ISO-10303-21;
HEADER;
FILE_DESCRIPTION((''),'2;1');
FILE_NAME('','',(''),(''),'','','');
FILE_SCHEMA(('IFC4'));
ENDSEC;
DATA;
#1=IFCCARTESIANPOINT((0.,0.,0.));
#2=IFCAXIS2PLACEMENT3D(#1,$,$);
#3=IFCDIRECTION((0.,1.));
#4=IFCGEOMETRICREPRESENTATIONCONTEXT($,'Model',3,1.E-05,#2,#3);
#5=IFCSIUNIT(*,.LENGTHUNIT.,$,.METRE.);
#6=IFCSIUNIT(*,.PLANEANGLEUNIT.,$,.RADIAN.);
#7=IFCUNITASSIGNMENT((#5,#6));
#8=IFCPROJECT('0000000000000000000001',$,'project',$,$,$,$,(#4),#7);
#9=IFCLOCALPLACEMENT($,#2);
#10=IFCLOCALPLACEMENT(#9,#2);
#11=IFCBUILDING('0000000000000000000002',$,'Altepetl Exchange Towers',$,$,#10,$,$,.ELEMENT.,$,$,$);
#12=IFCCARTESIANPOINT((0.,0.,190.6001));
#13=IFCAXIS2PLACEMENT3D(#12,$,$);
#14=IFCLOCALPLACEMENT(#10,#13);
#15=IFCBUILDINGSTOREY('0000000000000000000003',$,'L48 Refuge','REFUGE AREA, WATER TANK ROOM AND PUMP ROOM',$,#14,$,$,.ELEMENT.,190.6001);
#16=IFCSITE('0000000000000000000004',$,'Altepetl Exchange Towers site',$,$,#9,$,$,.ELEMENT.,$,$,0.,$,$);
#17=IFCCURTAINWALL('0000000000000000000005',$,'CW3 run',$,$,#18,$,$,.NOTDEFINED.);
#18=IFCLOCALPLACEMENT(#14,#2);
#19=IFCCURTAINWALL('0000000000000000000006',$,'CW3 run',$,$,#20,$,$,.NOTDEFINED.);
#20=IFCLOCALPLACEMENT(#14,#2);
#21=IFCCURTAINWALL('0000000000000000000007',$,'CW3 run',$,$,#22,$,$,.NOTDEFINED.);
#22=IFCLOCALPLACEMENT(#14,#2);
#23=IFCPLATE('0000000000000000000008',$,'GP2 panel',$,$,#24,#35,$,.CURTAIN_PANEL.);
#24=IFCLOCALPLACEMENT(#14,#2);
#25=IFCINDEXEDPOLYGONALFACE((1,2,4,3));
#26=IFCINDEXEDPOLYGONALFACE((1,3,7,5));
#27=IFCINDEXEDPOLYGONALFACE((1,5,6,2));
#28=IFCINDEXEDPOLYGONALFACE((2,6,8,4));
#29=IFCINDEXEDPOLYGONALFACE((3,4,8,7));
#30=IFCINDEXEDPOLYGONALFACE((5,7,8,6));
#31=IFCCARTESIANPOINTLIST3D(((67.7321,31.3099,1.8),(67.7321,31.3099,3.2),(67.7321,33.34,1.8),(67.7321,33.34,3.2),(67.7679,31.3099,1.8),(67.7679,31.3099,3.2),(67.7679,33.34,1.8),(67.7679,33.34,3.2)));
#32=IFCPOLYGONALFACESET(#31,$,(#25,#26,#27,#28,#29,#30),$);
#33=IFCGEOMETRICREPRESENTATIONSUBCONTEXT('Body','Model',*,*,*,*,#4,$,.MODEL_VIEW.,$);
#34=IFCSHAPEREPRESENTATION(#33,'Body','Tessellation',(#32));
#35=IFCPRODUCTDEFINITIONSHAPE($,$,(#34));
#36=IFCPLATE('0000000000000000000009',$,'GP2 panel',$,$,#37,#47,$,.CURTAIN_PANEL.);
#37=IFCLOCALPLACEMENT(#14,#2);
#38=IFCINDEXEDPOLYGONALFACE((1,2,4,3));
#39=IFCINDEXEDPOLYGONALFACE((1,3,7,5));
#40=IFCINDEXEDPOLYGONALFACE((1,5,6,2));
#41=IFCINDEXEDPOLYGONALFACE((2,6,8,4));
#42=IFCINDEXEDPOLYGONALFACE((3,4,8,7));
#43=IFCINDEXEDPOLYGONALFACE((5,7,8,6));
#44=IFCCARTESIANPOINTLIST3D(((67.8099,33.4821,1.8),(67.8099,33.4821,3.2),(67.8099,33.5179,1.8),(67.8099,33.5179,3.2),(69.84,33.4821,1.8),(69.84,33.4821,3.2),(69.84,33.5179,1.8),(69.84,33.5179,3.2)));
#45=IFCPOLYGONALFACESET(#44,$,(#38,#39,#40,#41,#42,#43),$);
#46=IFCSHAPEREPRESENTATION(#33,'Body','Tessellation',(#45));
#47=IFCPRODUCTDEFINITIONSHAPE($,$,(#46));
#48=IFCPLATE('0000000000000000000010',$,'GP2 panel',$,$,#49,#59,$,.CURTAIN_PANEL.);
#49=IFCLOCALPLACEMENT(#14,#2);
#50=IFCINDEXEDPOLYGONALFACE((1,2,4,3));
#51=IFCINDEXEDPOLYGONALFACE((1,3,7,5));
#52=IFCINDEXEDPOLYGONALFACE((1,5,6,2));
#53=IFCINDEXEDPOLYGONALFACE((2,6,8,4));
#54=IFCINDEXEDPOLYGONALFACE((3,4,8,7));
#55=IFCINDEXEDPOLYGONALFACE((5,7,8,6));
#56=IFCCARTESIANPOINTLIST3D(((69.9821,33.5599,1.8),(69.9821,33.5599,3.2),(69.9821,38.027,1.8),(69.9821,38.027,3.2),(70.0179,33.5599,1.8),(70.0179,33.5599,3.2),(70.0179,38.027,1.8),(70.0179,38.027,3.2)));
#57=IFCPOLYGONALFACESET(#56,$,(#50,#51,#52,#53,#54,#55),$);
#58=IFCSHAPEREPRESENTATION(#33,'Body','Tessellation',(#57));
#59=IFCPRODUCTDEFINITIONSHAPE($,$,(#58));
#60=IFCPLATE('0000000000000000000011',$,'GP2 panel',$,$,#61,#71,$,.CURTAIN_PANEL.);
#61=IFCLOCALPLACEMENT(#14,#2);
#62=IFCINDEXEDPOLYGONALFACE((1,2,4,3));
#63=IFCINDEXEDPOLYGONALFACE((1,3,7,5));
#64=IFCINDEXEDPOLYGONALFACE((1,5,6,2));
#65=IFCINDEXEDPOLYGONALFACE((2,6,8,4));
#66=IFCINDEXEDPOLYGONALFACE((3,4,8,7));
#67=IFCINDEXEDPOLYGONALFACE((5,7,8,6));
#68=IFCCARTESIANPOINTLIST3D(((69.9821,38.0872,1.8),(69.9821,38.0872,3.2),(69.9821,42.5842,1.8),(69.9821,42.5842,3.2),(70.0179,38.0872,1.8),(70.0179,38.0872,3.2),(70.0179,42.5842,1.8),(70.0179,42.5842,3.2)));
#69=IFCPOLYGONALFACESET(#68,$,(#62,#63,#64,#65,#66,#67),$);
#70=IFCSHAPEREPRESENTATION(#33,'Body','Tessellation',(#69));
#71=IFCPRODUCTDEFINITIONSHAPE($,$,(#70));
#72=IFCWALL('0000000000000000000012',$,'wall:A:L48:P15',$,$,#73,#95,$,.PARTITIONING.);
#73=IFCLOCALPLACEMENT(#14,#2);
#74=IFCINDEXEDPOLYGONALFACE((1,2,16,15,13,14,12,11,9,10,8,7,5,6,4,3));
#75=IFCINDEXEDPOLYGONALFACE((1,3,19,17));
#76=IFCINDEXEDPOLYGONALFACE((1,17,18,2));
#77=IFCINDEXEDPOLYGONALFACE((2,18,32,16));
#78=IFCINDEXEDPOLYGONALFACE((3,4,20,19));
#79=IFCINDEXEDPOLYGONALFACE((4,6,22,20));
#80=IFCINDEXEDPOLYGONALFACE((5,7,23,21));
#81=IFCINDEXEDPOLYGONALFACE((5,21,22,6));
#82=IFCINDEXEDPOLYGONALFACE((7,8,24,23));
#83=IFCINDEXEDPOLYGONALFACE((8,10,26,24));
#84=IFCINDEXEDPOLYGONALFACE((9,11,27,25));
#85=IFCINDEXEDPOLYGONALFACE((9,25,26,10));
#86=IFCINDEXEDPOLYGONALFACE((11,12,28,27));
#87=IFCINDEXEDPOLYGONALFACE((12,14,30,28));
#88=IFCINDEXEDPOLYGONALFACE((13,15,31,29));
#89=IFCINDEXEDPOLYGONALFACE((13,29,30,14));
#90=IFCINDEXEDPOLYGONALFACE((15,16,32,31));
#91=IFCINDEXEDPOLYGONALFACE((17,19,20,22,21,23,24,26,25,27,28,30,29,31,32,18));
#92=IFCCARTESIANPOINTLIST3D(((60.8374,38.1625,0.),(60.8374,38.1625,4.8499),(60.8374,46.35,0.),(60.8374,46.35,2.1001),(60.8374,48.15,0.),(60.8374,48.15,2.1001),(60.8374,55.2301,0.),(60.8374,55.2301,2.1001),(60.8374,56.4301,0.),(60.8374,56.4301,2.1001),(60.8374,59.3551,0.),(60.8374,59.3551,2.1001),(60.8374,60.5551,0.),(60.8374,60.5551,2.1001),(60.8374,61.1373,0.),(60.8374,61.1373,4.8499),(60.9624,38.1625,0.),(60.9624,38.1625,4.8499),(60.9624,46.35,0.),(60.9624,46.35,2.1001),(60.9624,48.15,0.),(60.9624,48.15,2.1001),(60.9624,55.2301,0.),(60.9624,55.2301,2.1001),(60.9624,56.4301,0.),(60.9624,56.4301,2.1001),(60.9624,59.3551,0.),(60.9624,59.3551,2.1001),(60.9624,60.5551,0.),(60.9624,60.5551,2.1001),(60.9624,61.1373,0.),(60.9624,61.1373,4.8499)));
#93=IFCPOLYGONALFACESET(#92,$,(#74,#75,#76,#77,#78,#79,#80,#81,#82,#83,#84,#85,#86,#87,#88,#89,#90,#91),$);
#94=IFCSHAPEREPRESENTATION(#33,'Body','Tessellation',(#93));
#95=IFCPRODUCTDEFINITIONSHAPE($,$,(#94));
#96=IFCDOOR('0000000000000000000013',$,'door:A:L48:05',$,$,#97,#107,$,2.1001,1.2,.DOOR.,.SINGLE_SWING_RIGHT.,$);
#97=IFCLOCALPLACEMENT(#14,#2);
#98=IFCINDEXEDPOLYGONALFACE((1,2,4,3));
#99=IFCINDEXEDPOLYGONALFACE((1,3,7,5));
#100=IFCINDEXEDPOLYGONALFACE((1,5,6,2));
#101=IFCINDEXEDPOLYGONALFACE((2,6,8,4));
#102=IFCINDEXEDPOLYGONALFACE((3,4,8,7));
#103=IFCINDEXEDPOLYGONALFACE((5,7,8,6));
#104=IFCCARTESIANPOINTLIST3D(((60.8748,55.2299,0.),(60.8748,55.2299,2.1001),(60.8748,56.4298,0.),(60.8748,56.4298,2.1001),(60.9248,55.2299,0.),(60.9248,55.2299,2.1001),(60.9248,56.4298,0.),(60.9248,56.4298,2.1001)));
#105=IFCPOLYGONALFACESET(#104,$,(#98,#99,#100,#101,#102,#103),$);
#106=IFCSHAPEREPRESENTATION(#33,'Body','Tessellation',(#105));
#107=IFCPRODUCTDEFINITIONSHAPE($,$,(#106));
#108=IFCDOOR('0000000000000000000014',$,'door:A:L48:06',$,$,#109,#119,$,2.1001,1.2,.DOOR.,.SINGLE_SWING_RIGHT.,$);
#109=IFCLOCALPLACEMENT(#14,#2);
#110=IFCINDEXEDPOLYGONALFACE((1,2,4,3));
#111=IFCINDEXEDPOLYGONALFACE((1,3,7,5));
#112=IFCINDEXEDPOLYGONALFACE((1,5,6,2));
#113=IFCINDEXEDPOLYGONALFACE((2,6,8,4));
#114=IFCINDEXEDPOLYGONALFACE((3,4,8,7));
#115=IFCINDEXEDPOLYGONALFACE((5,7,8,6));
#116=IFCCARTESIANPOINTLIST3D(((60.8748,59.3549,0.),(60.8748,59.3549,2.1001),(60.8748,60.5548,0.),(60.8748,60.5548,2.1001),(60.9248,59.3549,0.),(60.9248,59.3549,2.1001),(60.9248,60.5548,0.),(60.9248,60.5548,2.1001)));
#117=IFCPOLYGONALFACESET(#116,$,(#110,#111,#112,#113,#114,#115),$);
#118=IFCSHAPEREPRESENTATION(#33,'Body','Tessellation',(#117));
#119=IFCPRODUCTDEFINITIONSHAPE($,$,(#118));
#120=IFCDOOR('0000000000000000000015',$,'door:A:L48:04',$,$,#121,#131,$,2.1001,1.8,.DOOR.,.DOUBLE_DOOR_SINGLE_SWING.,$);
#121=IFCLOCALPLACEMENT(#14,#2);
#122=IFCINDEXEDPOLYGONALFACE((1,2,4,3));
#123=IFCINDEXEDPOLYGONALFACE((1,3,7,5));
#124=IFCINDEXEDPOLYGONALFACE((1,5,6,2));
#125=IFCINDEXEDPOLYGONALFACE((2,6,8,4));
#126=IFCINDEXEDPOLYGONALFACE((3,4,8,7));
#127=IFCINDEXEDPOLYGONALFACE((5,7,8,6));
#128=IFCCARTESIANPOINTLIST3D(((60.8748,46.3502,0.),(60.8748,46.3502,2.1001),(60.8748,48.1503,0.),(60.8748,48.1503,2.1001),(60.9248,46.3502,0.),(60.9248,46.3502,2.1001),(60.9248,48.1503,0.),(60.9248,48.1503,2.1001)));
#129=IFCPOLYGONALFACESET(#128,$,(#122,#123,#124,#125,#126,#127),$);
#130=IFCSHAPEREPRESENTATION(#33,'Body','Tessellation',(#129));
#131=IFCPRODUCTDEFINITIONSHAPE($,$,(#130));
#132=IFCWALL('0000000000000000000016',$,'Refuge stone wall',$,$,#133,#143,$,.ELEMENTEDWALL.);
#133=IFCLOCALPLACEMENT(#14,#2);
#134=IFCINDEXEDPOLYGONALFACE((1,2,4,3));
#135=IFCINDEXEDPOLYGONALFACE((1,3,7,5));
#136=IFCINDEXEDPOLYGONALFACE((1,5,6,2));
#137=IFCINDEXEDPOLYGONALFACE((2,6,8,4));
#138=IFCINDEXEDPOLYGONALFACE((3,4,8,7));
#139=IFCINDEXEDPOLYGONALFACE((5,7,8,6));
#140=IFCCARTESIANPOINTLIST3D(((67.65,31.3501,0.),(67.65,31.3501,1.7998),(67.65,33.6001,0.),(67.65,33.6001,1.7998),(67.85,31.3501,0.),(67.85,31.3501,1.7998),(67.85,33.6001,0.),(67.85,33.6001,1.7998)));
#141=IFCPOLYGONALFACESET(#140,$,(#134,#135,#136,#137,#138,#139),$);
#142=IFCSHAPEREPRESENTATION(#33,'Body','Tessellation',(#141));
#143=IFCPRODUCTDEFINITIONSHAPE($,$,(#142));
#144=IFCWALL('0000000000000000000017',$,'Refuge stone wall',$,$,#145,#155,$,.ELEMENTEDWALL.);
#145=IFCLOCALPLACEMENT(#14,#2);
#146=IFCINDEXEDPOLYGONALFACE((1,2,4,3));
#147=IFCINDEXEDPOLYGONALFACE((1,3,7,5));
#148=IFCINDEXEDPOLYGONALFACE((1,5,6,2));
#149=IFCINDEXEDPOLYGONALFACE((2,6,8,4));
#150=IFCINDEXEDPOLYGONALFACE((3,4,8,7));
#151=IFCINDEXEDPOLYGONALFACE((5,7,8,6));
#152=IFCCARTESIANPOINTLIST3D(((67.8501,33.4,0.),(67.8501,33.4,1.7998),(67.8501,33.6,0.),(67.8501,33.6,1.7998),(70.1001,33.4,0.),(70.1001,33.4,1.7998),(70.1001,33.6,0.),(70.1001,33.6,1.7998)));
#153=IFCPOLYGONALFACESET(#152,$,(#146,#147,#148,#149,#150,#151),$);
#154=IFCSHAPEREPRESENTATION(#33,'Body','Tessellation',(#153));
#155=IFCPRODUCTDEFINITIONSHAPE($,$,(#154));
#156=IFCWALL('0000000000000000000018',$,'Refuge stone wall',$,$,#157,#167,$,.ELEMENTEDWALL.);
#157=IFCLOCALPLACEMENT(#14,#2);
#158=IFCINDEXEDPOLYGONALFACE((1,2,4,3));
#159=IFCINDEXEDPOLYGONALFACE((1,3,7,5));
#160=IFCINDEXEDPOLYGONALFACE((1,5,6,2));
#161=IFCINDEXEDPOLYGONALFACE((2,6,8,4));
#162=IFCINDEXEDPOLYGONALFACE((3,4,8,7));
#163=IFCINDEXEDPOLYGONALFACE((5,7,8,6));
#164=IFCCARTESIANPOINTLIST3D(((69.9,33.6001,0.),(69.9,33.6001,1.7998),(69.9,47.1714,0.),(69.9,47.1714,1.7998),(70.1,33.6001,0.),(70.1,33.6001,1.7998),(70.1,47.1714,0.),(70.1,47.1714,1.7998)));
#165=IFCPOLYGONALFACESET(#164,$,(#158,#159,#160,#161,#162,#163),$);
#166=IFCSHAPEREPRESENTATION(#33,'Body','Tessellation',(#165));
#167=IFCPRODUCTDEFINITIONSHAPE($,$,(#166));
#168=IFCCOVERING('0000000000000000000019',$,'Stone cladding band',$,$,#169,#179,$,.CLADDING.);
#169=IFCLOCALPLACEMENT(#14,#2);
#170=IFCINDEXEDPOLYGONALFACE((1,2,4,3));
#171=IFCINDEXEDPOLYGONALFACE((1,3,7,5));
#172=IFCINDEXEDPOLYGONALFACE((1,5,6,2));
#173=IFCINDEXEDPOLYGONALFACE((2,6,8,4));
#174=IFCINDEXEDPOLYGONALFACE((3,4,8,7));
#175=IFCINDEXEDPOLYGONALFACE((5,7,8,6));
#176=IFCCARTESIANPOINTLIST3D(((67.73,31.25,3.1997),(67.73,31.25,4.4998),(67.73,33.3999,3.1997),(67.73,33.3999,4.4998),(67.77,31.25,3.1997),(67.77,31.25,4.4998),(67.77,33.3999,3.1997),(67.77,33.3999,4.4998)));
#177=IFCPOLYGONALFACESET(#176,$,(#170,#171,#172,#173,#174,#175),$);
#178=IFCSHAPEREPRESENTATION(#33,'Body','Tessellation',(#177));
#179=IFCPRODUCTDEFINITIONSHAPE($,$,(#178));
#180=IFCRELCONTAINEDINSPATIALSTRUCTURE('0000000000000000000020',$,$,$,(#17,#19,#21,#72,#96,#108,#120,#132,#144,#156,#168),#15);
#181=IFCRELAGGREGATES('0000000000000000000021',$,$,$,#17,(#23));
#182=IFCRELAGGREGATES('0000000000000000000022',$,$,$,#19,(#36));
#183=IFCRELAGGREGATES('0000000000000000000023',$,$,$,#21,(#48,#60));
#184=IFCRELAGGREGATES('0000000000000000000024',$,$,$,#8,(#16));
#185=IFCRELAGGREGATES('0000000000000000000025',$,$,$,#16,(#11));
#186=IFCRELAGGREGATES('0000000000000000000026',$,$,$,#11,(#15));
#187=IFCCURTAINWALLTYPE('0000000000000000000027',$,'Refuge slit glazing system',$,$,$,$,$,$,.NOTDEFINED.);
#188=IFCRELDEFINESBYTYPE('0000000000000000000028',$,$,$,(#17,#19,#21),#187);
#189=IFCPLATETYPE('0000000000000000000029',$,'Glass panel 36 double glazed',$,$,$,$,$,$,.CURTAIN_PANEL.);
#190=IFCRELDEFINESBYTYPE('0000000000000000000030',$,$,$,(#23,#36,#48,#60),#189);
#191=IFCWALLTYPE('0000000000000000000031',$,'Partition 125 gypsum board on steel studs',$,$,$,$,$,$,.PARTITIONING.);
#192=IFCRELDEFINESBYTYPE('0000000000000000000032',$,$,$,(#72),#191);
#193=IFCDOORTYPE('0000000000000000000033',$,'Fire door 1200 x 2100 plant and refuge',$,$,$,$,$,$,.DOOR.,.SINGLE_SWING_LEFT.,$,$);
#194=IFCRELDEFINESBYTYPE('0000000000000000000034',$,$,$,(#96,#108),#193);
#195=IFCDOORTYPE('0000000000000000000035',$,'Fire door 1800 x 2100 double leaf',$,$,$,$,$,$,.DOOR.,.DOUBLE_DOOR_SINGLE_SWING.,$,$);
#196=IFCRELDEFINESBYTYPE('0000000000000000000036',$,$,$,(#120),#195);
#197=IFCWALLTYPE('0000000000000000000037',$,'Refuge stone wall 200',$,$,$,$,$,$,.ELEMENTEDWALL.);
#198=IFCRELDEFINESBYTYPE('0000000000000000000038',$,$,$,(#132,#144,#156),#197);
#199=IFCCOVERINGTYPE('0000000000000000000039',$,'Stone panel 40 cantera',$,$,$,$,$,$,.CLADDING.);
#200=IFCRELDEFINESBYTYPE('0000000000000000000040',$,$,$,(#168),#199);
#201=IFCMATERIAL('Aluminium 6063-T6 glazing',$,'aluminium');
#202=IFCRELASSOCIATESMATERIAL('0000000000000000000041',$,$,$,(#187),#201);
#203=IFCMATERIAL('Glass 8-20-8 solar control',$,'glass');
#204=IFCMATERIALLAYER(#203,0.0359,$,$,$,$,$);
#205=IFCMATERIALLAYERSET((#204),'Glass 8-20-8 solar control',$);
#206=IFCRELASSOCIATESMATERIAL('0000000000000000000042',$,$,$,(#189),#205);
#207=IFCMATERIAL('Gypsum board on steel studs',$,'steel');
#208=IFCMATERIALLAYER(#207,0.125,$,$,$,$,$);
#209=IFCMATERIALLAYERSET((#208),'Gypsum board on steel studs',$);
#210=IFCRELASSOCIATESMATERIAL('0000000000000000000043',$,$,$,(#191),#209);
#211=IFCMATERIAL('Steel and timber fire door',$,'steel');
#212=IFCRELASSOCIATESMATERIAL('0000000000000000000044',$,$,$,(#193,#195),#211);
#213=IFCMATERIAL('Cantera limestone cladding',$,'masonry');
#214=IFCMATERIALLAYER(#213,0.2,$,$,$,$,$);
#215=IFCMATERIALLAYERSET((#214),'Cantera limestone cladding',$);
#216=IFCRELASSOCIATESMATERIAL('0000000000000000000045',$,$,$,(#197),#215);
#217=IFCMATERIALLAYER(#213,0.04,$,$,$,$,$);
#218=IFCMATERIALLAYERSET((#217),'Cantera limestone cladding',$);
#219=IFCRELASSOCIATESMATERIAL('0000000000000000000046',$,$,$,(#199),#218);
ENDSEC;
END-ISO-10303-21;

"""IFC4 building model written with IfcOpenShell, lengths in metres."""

from ifc_helpers import new_model, si_unit, direction, frame, frame_2d, origin, origin_2d, place, context, subcontext, project, spatial, rectangle, extrude, material, layer, layer_set, type_object, element, fill, aggregate, save


model = new_model("IFC4")

# Units and contexts
model_context = context("Model", 3, precision=1e-05, world=origin(), true_north=direction((0.0, 1.0)))
body_context = subcontext(model_context, "Body", "Model", "MODEL_VIEW")
ifc_project = project(units=[si_unit("LENGTHUNIT", "METRE"), si_unit("PLANEANGLEUNIT", "RADIAN")], contexts=[model_context])

# Site, building, storey
site_placement = place(None, origin())
site = spatial("IfcSite", under=ifc_project, at=site_placement, Name="Altepetl Exchange Towers site", CompositionType="ELEMENT", RefElevation=0.0)
building_placement = place(site_placement, origin())
building = spatial("IfcBuilding", under=site, at=building_placement, Name="Altepetl Exchange Towers", CompositionType="ELEMENT")
storey_placement = place(building_placement, frame((0.0, 0.0, 190.6001)))
storey = spatial("IfcBuildingStorey", under=building, at=storey_placement, Name="L48 Refuge", Description="REFUGE AREA, WATER TANK ROOM AND PUMP ROOM", CompositionType="ELEMENT", Elevation=190.6001)

# Shared definitions
ifc_material_1 = material(Name="Aluminium 6063-T6 glazing", Category="aluminium")
curtain_wall_type = type_object("IfcCurtainWallType", Name="Refuge slit glazing system", PredefinedType="NOTDEFINED", material=ifc_material_1)

# Curtain walls
curtain_wall_1_placement = place(storey_placement, origin())
curtain_wall_1 = element("IfcCurtainWall", 1, at=curtain_wall_1_placement, inside=storey, type_object=curtain_wall_type, Name="CW3 run", PredefinedType="NOTDEFINED")
curtain_wall_2_placement = place(storey_placement, origin())
curtain_wall_2 = element("IfcCurtainWall", 2, at=curtain_wall_2_placement, inside=storey, type_object=curtain_wall_type, Name="CW3 run", PredefinedType="NOTDEFINED")
curtain_wall_3_placement = place(storey_placement, origin())
curtain_wall_3 = element("IfcCurtainWall", 3, at=curtain_wall_3_placement, inside=storey, type_object=curtain_wall_type, Name="CW3 run", PredefinedType="NOTDEFINED")

# Plates
ifc_material_2 = material(Name="Glass 8-20-8 solar control", Category="glass")
ifc_layer_1 = layer(ifc_material_2, 0.0359)
ifc_layer_set_1 = layer_set([ifc_layer_1], Name="Glass 8-20-8 solar control")
plate_type = type_object("IfcPlateType", Name="Glass panel 36 double glazed", PredefinedType="CURTAIN_PANEL", material=ifc_layer_set_1)
plate_1_placement = place(storey_placement, frame((67.75, 32.325, 1.8), z_axis=(0.0, 0.0, 1.0), x_axis=(0.0, 1.0, 0.0)))
plate_1 = element("IfcPlate", 4, at=plate_1_placement, type_object=plate_type, Name="GP2 panel", PredefinedType="CURTAIN_PANEL", context=body_context, shape_type="SweptSolid", body=[
    extrude(rectangle(XDim=2.03, YDim=0.0359, at=origin_2d()), origin(), (0.0, 0.0, 1.0), 1.3999),
])
aggregate(curtain_wall_1, [plate_1])
plate_2_placement = place(storey_placement, frame((68.825, 33.5, 1.8)))
plate_2 = element("IfcPlate", 5, at=plate_2_placement, type_object=plate_type, Name="GP2 panel", PredefinedType="CURTAIN_PANEL", context=body_context, shape_type="SweptSolid", body=[
    extrude(rectangle(XDim=2.03, YDim=0.0359, at=origin_2d()), origin(), (0.0, 0.0, 1.0), 1.3999),
])
aggregate(curtain_wall_2, [plate_2])
plate_3_placement = place(storey_placement, frame((70.0, 35.7935, 1.8), z_axis=(0.0, 0.0, 1.0), x_axis=(0.0, 1.0, 0.0)))
plate_3 = element("IfcPlate", 6, at=plate_3_placement, type_object=plate_type, Name="GP2 panel", PredefinedType="CURTAIN_PANEL", context=body_context, shape_type="SweptSolid", body=[
    extrude(rectangle(XDim=4.467, YDim=0.0359, at=origin_2d()), origin(), (0.0, 0.0, 1.0), 1.3999),
])
plate_4_placement = place(storey_placement, frame((70.0, 40.3357, 1.8), z_axis=(0.0, 0.0, 1.0), x_axis=(0.0, 1.0, 0.0)))
plate_4 = element("IfcPlate", 7, at=plate_4_placement, type_object=plate_type, Name="GP2 panel", PredefinedType="CURTAIN_PANEL", context=body_context, shape_type="SweptSolid", body=[
    extrude(rectangle(XDim=4.4971, YDim=0.0359, at=origin_2d()), origin(), (0.0, 0.0, 1.0), 1.3999),
])
aggregate(curtain_wall_3, [plate_3, plate_4])

# Wall, openings, doors
ifc_material_3 = material(Name="Gypsum board on steel studs", Category="steel")
ifc_layer_2 = layer(ifc_material_3, 0.125)
ifc_layer_set_2 = layer_set([ifc_layer_2], Name="Gypsum board on steel studs")
wall_type_1 = type_object("IfcWallType", Name="Partition 125 gypsum board on steel studs", PredefinedType="PARTITIONING", material=ifc_layer_set_2)
wall_1_placement = place(storey_placement, frame((60.8999, 38.1626, 0.0), z_axis=(0.0, 0.0, 1.0), x_axis=(0.0, 1.0, 0.0)))
wall_1 = element("IfcWall", 8, at=wall_1_placement, inside=storey, type_object=wall_type_1, Name="wall:A:L48:P15", PredefinedType="PARTITIONING", context=body_context, shape_type="SweptSolid", body=[
    extrude(rectangle(XDim=22.9749, YDim=0.125, at=frame_2d((11.4873, 0.0))), origin(), (0.0, 0.0, 1.0), 4.8499),
])
opening_1_placement = place(wall_1_placement, frame((8.1875, 0.0, 0.0)))
opening_1 = element("IfcOpeningElement", 9, at=opening_1_placement, cuts=wall_1, PredefinedType="OPENING", context=body_context, shape_type="SweptSolid", body=[
    extrude(rectangle(XDim=1.8, YDim=2.1001, at=frame_2d((0.8999, 1.05))), frame((0.0, 0.0725, 0.0), z_axis=(0.0, -1.0, 0.0), x_axis=(1.0, 0.0, 0.0)), (0.0, 0.0, 1.0), 0.145),
])
opening_2_placement = place(wall_1_placement, frame((17.0674, 0.0, 0.0)))
opening_2 = element("IfcOpeningElement", 10, at=opening_2_placement, cuts=wall_1, PredefinedType="OPENING", context=body_context, shape_type="SweptSolid", body=[
    extrude(rectangle(XDim=1.2, YDim=2.1001, at=frame_2d((0.6001, 1.05))), frame((0.0, 0.0725, 0.0), z_axis=(0.0, -1.0, 0.0), x_axis=(1.0, 0.0, 0.0)), (0.0, 0.0, 1.0), 0.145),
])
opening_3_placement = place(wall_1_placement, frame((21.1924, 0.0, 0.0)))
opening_3 = element("IfcOpeningElement", 11, at=opening_3_placement, cuts=wall_1, PredefinedType="OPENING", context=body_context, shape_type="SweptSolid", body=[
    extrude(rectangle(XDim=1.2, YDim=2.1001, at=frame_2d((0.6001, 1.05))), frame((0.0, 0.0725, 0.0), z_axis=(0.0, -1.0, 0.0), x_axis=(1.0, 0.0, 0.0)), (0.0, 0.0, 1.0), 0.145),
])
ifc_material_4 = material(Name="Steel and timber fire door", Category="steel")
door_type_1 = type_object("IfcDoorType", Name="Fire door 1200 x 2100 plant and refuge", OperationType="SINGLE_SWING_LEFT", PredefinedType="DOOR", material=ifc_material_4)
door_1_placement = place(opening_2_placement, frame((1.2, 0.0, 0.0), x_axis=(-1.0, 0.0, 0.0)))
door_1 = element("IfcDoor", 12, at=door_1_placement, inside=storey, type_object=door_type_1, Name="door:A:L48:05", OperationType="SINGLE_SWING_RIGHT", OverallHeight=2.1001, OverallWidth=1.2, PredefinedType="DOOR", context=body_context, shape_type="SweptSolid", body=[
    extrude(rectangle(XDim=1.2, YDim=2.1001, at=frame_2d((0.6001, 1.05))), frame((0.0, 0.0249, 0.0), z_axis=(0.0, -1.0, 0.0), x_axis=(1.0, 0.0, 0.0)), (0.0, 0.0, 1.0), 0.05),
])
fill(opening_2, door_1)
door_2_placement = place(opening_3_placement, frame((1.2, 0.0, 0.0), x_axis=(-1.0, 0.0, 0.0)))
door_2 = element("IfcDoor", 13, at=door_2_placement, inside=storey, type_object=door_type_1, Name="door:A:L48:06", OperationType="SINGLE_SWING_RIGHT", OverallHeight=2.1001, OverallWidth=1.2, PredefinedType="DOOR", context=body_context, shape_type="SweptSolid", body=[
    extrude(rectangle(XDim=1.2, YDim=2.1001, at=frame_2d((0.6001, 1.05))), frame((0.0, 0.0249, 0.0), z_axis=(0.0, -1.0, 0.0), x_axis=(1.0, 0.0, 0.0)), (0.0, 0.0, 1.0), 0.05),
])
fill(opening_3, door_2)
door_type_2 = type_object("IfcDoorType", Name="Fire door 1800 x 2100 double leaf", OperationType="DOUBLE_DOOR_SINGLE_SWING", PredefinedType="DOOR", material=ifc_material_4)
door_3_placement = place(opening_1_placement, frame((1.8, 0.0, 0.0), x_axis=(-1.0, 0.0, 0.0)))
door_3 = element("IfcDoor", 14, at=door_3_placement, inside=storey, type_object=door_type_2, Name="door:A:L48:04", OperationType="DOUBLE_DOOR_SINGLE_SWING", OverallHeight=2.1001, OverallWidth=1.8, PredefinedType="DOOR", context=body_context, shape_type="SweptSolid", body=[
    extrude(rectangle(XDim=1.8, YDim=2.1001, at=frame_2d((0.8999, 1.05))), frame((0.0, 0.0249, 0.0), z_axis=(0.0, -1.0, 0.0), x_axis=(1.0, 0.0, 0.0)), (0.0, 0.0, 1.0), 0.05),
])
fill(opening_1, door_3)

# Walls
ifc_material_5 = material(Name="Cantera limestone cladding", Category="masonry")
ifc_layer_3 = layer(ifc_material_5, 0.2)
ifc_layer_set_3 = layer_set([ifc_layer_3], Name="Cantera limestone cladding")
wall_type_2 = type_object("IfcWallType", Name="Refuge stone wall 200", PredefinedType="ELEMENTEDWALL", material=ifc_layer_set_3)
wall_2_placement = place(storey_placement, frame((67.75, 31.3501, 0.0), z_axis=(0.0, 0.0, 1.0), x_axis=(0.0, 1.0, 0.0)))
element("IfcWall", 15, at=wall_2_placement, inside=storey, type_object=wall_type_2, Name="Refuge stone wall", PredefinedType="ELEMENTEDWALL", context=body_context, shape_type="SweptSolid", body=[
    extrude(rectangle(XDim=2.25, YDim=0.2, at=frame_2d((1.125, 0.0))), origin(), (0.0, 0.0, 1.0), 1.7998),
])
wall_3_placement = place(storey_placement, frame((67.8501, 33.5, 0.0)))
element("IfcWall", 16, at=wall_3_placement, inside=storey, type_object=wall_type_2, Name="Refuge stone wall", PredefinedType="ELEMENTEDWALL", context=body_context, shape_type="SweptSolid", body=[
    extrude(rectangle(XDim=2.25, YDim=0.2, at=frame_2d((1.125, 0.0))), origin(), (0.0, 0.0, 1.0), 1.7998),
])
wall_4_placement = place(storey_placement, frame((70.0, 33.6001, 0.0), z_axis=(0.0, 0.0, 1.0), x_axis=(0.0, 1.0, 0.0)))
element("IfcWall", 17, at=wall_4_placement, inside=storey, type_object=wall_type_2, Name="Refuge stone wall", PredefinedType="ELEMENTEDWALL", context=body_context, shape_type="SweptSolid", body=[
    extrude(rectangle(XDim=13.5713, YDim=0.2, at=frame_2d((6.7856, 0.0))), origin(), (0.0, 0.0, 1.0), 1.7998),
])

# Covering
ifc_layer_4 = layer(ifc_material_5, 0.04)
ifc_layer_set_4 = layer_set([ifc_layer_4], Name="Cantera limestone cladding")
covering_type = type_object("IfcCoveringType", Name="Stone panel 40 cantera", PredefinedType="CLADDING", material=ifc_layer_set_4)
covering_1_placement = place(storey_placement, frame((67.75, 32.325, 3.1997), z_axis=(0.0, 0.0, 1.0), x_axis=(0.0, 1.0, 0.0)))
element("IfcCovering", 18, at=covering_1_placement, inside=storey, type_object=covering_type, Name="Stone cladding band", PredefinedType="CLADDING", context=body_context, shape_type="SweptSolid", body=[
    extrude(rectangle(XDim=2.1499, YDim=0.04, at=origin_2d()), origin(), (0.0, 0.0, 1.0), 1.3),
])

save(model, "model.ifc")
